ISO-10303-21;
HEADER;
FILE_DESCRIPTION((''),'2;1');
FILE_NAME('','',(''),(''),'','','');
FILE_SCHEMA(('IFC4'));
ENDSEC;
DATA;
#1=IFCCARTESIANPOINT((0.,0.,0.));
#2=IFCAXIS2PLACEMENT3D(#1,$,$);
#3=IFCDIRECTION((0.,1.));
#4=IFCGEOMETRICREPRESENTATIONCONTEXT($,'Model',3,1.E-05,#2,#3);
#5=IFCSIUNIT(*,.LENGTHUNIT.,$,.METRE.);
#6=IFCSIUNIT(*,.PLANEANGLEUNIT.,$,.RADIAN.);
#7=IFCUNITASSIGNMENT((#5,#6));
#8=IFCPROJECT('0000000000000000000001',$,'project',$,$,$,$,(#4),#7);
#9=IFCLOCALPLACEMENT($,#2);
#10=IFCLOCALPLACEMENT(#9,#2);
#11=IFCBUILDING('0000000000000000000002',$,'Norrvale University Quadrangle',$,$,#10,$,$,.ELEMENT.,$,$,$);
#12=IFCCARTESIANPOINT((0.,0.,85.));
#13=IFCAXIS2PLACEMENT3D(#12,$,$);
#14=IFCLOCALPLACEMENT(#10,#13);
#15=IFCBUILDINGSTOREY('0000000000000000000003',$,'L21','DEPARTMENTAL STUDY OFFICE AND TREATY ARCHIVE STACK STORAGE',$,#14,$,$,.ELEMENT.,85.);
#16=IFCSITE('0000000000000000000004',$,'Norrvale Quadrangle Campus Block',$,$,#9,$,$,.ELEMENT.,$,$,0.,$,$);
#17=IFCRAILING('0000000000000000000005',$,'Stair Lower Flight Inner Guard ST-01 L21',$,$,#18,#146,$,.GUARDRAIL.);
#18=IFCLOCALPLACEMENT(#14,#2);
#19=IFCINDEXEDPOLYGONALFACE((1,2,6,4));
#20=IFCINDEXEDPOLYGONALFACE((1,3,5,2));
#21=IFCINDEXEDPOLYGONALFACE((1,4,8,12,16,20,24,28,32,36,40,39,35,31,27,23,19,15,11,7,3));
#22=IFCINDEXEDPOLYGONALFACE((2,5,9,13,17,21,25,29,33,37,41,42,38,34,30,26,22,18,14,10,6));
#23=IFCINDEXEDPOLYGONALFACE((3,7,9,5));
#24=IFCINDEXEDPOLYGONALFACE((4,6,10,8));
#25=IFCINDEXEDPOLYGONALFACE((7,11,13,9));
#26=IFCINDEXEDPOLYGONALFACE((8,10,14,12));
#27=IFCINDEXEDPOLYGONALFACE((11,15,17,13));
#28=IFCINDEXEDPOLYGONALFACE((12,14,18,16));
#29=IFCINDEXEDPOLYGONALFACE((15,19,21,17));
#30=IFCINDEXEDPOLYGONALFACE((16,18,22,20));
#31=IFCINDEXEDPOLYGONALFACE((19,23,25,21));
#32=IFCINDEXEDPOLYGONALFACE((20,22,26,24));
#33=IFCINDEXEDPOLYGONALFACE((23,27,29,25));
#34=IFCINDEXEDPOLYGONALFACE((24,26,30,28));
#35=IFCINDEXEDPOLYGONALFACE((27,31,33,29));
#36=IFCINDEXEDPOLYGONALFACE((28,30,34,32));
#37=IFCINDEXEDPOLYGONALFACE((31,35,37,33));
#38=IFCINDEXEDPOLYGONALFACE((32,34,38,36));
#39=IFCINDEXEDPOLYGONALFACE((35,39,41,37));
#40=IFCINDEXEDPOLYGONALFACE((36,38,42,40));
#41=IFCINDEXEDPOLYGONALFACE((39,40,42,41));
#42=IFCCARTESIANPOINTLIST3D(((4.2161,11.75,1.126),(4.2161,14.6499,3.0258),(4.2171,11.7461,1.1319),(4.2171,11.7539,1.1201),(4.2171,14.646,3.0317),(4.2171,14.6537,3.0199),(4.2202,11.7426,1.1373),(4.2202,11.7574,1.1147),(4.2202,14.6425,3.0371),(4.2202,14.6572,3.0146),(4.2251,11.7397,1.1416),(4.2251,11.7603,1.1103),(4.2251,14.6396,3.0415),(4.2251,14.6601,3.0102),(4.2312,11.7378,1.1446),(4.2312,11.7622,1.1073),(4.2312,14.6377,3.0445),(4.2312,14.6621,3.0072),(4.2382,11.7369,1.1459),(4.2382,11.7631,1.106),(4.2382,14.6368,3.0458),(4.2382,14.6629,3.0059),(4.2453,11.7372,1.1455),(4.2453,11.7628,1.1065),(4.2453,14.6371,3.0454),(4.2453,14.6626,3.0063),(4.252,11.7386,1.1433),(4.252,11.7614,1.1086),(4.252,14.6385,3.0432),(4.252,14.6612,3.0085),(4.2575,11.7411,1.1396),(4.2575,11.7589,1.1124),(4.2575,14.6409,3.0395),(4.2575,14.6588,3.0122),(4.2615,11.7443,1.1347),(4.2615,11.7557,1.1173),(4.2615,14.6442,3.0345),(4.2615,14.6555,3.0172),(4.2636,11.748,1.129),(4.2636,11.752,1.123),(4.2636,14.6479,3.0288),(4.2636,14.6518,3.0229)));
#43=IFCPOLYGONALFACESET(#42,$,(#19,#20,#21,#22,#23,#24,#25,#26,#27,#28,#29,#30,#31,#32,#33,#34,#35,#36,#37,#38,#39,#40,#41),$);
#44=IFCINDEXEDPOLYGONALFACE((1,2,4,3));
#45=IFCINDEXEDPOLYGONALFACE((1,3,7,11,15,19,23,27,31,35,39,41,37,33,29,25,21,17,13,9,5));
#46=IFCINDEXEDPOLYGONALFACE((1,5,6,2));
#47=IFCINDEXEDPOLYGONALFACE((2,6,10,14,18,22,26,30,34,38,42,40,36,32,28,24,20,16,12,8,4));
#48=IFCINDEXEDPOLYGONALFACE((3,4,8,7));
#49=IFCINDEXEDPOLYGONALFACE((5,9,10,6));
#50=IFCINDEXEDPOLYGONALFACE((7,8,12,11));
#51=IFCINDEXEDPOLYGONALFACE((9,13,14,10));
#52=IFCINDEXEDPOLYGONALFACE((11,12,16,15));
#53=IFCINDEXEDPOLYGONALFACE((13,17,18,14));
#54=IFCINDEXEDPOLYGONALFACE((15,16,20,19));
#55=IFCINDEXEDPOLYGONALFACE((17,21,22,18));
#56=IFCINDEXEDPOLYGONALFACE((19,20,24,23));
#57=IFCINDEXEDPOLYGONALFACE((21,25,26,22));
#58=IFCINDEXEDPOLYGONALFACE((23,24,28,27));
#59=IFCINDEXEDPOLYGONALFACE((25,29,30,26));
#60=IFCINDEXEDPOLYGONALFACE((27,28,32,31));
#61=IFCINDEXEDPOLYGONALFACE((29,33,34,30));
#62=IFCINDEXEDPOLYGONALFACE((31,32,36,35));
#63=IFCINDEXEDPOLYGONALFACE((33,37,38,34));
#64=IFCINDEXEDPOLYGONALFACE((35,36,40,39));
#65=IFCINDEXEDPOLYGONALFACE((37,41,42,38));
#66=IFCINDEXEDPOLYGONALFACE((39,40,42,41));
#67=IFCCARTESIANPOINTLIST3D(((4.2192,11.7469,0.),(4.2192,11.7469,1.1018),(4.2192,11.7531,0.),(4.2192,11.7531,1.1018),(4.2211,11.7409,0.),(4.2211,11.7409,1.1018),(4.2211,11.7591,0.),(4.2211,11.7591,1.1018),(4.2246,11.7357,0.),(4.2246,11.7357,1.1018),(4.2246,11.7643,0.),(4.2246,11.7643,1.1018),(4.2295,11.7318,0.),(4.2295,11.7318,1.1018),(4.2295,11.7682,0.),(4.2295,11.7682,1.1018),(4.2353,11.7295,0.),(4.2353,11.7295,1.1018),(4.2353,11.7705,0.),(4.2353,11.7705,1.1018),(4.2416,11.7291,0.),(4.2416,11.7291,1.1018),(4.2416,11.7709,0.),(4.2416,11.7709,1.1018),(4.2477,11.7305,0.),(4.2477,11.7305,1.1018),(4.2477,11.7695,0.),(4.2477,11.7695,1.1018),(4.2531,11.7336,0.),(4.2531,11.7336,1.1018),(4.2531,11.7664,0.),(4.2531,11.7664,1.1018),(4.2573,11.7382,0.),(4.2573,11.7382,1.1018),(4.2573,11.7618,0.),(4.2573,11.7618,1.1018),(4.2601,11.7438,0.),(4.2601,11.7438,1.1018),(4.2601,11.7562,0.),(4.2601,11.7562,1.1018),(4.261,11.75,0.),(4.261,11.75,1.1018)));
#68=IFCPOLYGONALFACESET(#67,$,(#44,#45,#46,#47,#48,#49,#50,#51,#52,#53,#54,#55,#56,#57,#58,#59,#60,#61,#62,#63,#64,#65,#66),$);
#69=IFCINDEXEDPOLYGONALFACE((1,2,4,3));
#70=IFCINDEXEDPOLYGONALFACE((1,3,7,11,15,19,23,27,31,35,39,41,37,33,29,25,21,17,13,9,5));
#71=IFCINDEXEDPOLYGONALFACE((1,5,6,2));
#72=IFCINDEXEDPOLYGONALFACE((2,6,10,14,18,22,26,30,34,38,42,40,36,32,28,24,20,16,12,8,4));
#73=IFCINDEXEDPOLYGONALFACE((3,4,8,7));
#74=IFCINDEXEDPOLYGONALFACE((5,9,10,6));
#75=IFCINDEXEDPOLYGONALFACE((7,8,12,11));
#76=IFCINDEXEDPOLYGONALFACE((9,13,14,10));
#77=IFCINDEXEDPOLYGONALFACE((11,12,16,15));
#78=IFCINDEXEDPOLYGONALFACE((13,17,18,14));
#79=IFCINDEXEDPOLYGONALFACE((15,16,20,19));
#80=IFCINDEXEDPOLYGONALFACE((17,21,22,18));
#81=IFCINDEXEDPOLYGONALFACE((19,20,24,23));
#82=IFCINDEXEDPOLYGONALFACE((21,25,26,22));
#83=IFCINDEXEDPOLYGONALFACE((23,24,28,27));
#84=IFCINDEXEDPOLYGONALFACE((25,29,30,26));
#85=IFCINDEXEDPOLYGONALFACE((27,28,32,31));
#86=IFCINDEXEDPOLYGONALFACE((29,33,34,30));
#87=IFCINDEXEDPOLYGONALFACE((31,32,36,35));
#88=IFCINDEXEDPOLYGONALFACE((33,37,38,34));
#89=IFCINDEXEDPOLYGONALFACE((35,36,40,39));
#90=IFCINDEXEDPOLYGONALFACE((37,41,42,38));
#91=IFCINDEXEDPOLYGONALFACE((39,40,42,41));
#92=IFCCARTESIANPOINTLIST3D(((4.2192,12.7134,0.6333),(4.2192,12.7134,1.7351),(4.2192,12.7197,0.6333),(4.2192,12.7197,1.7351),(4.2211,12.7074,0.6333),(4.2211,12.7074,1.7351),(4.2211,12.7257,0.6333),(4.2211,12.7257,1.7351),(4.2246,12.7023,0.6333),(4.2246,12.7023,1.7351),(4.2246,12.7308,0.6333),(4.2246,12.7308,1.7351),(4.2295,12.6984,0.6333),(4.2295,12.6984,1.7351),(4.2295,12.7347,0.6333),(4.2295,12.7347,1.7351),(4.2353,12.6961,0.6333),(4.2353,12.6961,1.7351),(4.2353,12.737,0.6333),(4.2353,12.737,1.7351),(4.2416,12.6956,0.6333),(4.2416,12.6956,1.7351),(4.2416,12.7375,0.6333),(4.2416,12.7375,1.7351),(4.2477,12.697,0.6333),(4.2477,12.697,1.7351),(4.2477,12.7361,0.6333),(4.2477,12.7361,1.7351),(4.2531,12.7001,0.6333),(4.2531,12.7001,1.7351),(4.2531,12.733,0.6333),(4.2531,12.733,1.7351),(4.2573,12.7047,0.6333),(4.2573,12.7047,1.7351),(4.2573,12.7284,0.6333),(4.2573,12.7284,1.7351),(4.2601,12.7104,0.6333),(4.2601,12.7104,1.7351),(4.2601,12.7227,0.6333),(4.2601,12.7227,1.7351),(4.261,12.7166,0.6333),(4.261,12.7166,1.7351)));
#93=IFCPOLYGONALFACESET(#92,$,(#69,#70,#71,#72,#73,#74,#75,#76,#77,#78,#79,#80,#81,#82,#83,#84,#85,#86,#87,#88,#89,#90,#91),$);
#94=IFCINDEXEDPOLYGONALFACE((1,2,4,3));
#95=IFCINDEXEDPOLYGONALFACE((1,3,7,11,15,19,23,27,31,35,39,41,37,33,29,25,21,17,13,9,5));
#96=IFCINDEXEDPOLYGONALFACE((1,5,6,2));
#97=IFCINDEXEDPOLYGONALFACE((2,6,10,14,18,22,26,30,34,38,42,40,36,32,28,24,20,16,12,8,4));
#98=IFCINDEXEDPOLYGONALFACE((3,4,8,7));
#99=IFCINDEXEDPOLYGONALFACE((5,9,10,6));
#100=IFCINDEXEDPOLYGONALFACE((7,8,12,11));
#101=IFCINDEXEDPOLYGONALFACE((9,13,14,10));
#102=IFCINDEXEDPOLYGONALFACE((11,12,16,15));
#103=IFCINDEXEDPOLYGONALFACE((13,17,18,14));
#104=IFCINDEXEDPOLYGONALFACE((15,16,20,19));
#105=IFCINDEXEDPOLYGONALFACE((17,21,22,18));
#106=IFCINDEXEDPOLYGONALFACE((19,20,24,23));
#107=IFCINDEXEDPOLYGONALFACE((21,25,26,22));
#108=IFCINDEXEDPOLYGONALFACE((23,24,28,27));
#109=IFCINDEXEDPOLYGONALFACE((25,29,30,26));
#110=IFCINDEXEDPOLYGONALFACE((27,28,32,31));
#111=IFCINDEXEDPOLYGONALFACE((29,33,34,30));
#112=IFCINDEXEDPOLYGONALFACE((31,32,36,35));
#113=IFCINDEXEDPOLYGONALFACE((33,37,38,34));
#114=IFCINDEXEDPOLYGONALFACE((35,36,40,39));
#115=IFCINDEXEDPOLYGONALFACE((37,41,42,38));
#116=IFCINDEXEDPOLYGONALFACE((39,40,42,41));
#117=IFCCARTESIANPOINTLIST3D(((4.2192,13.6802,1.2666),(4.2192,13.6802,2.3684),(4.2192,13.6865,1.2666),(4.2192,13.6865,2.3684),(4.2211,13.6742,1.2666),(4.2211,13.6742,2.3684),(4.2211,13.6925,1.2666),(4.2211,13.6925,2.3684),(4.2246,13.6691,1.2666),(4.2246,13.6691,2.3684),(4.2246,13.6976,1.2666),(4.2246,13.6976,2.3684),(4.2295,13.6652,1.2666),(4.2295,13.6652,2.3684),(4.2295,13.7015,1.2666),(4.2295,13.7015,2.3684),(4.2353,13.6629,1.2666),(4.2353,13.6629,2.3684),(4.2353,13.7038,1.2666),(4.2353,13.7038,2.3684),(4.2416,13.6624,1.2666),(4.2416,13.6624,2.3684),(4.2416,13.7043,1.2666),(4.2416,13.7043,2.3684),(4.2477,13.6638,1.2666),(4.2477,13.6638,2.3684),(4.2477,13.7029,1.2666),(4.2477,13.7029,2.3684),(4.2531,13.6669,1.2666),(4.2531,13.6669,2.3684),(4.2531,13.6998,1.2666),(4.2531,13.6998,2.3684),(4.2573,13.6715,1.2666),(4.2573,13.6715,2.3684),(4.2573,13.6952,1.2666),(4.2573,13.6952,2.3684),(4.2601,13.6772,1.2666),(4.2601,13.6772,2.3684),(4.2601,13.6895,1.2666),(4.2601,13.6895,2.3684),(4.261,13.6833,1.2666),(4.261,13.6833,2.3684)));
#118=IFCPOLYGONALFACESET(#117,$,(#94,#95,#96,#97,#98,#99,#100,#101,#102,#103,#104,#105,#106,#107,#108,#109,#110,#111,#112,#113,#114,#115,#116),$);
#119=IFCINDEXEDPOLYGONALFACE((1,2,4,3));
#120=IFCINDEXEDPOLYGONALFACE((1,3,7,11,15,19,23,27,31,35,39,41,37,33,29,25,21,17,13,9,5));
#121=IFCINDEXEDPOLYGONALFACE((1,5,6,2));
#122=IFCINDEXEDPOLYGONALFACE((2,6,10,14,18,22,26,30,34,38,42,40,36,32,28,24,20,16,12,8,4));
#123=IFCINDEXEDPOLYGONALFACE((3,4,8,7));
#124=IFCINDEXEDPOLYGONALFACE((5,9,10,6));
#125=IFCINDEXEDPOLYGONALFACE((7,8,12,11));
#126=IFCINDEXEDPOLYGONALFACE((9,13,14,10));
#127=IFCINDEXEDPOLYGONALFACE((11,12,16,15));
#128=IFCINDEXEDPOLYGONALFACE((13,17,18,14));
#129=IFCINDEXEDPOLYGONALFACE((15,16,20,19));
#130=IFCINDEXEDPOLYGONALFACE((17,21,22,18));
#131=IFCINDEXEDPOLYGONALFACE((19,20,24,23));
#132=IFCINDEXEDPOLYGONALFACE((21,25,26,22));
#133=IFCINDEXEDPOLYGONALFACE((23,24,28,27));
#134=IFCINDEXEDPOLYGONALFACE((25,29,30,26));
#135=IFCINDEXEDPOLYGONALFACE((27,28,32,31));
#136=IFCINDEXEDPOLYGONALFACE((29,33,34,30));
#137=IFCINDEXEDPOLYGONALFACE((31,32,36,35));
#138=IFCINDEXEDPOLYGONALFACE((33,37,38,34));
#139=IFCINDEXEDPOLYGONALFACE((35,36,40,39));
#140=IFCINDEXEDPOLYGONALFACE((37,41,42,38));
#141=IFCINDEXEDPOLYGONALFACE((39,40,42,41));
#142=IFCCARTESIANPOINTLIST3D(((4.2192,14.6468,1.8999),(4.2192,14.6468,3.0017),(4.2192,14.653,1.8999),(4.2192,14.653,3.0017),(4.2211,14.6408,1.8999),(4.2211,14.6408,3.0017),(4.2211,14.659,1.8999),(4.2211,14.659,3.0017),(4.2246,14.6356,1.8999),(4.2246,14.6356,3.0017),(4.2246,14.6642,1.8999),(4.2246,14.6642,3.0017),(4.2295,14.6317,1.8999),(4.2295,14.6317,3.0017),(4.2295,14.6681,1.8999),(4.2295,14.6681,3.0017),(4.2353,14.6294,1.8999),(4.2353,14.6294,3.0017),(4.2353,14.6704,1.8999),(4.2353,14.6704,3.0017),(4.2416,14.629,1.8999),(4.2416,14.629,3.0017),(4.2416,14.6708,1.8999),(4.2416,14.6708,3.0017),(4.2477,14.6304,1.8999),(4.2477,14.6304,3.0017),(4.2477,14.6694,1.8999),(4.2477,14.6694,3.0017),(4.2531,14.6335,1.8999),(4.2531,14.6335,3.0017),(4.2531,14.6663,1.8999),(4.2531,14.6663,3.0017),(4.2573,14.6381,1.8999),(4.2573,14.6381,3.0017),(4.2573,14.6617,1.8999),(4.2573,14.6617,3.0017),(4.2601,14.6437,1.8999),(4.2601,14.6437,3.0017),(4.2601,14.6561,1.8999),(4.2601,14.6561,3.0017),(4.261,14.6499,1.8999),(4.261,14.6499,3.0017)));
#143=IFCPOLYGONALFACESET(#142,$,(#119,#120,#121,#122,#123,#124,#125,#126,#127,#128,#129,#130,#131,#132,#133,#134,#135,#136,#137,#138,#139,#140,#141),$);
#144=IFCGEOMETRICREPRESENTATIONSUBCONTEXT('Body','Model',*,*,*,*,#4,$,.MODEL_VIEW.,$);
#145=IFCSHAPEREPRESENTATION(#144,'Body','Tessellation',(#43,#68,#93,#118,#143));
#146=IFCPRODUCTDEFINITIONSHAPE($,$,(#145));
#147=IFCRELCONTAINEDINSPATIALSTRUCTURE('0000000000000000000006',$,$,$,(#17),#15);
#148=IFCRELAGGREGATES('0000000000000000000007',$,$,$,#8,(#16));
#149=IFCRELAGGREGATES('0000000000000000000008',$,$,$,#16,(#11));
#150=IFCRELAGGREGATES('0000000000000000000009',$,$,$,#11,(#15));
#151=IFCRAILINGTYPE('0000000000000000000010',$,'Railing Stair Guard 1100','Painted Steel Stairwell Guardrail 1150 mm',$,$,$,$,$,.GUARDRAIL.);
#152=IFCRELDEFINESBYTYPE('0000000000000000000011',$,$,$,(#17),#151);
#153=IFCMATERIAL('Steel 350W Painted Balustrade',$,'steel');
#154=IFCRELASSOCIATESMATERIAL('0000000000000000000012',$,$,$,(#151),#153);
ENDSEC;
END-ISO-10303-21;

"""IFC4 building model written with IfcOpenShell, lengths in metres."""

from ifc_helpers import new_model, si_unit, direction, frame, origin, origin_2d, place, context, subcontext, project, spatial, circle, extrude, material, type_object, element, save


model = new_model("IFC4")

# Units and contexts
model_context = context("Model", 3, precision=1e-05, world=origin(), true_north=direction((0.0, 1.0)))
body_context = subcontext(model_context, "Body", "Model", "MODEL_VIEW")
ifc_project = project(units=[si_unit("LENGTHUNIT", "METRE"), si_unit("PLANEANGLEUNIT", "RADIAN")], contexts=[model_context])

# Site, building, storey
site_placement = place(None, origin())
site = spatial("IfcSite", under=ifc_project, at=site_placement, Name="Norrvale Quadrangle Campus Block", CompositionType="ELEMENT", RefElevation=0.0)
building_placement = place(site_placement, origin())
building = spatial("IfcBuilding", under=site, at=building_placement, Name="Norrvale University Quadrangle", CompositionType="ELEMENT")
storey_placement = place(building_placement, frame((0.0, 0.0, 85.0)))
storey = spatial("IfcBuildingStorey", under=building, at=storey_placement, Name="L21", Description="DEPARTMENTAL STUDY OFFICE AND TREATY ARCHIVE STACK STORAGE", CompositionType="ELEMENT", Elevation=85.0)

# Railing
ifc_material_1 = material(Name="Steel 350W Painted Balustrade", Category="steel")
railing_type_1 = type_object("IfcRailingType", Name="Railing Stair Guard 1100", Description="Painted Steel Stairwell Guardrail 1150 mm", PredefinedType="GUARDRAIL", material=ifc_material_1)
railing_1_placement = place(storey_placement, frame((4.24, 11.75, 0.0)))
element("IfcRailing", 1, at=railing_1_placement, inside=storey, type_object=railing_type_1, Name="Stair Lower Flight Inner Guard ST-01 L21", PredefinedType="GUARDRAIL", context=body_context, shape_type="SweptSolid", body=[
    extrude(circle(Radius=0.0239, at=origin_2d()), frame((0.0, 0.0, 1.126), z_axis=(0.0, 0.836466, 0.548019), x_axis=(-1.0, 0.0, 0.0)), (0.0, 0.0, 1.0), 3.4668),
    extrude(circle(Radius=0.021, at=origin_2d()), origin(), (0.0, 0.0, 1.0), 1.1018),
    extrude(circle(Radius=0.021, at=origin_2d()), frame((0.0, 0.9666, 0.6333)), (0.0, 0.0, 1.0), 1.1018),
    extrude(circle(Radius=0.021, at=origin_2d()), frame((0.0, 1.9333, 1.2666)), (0.0, 0.0, 1.0), 1.1018),
    extrude(circle(Radius=0.021, at=origin_2d()), frame((0.0, 2.8999, 1.8999)), (0.0, 0.0, 1.0), 1.1018),
])

save(model, "model.ifc")
